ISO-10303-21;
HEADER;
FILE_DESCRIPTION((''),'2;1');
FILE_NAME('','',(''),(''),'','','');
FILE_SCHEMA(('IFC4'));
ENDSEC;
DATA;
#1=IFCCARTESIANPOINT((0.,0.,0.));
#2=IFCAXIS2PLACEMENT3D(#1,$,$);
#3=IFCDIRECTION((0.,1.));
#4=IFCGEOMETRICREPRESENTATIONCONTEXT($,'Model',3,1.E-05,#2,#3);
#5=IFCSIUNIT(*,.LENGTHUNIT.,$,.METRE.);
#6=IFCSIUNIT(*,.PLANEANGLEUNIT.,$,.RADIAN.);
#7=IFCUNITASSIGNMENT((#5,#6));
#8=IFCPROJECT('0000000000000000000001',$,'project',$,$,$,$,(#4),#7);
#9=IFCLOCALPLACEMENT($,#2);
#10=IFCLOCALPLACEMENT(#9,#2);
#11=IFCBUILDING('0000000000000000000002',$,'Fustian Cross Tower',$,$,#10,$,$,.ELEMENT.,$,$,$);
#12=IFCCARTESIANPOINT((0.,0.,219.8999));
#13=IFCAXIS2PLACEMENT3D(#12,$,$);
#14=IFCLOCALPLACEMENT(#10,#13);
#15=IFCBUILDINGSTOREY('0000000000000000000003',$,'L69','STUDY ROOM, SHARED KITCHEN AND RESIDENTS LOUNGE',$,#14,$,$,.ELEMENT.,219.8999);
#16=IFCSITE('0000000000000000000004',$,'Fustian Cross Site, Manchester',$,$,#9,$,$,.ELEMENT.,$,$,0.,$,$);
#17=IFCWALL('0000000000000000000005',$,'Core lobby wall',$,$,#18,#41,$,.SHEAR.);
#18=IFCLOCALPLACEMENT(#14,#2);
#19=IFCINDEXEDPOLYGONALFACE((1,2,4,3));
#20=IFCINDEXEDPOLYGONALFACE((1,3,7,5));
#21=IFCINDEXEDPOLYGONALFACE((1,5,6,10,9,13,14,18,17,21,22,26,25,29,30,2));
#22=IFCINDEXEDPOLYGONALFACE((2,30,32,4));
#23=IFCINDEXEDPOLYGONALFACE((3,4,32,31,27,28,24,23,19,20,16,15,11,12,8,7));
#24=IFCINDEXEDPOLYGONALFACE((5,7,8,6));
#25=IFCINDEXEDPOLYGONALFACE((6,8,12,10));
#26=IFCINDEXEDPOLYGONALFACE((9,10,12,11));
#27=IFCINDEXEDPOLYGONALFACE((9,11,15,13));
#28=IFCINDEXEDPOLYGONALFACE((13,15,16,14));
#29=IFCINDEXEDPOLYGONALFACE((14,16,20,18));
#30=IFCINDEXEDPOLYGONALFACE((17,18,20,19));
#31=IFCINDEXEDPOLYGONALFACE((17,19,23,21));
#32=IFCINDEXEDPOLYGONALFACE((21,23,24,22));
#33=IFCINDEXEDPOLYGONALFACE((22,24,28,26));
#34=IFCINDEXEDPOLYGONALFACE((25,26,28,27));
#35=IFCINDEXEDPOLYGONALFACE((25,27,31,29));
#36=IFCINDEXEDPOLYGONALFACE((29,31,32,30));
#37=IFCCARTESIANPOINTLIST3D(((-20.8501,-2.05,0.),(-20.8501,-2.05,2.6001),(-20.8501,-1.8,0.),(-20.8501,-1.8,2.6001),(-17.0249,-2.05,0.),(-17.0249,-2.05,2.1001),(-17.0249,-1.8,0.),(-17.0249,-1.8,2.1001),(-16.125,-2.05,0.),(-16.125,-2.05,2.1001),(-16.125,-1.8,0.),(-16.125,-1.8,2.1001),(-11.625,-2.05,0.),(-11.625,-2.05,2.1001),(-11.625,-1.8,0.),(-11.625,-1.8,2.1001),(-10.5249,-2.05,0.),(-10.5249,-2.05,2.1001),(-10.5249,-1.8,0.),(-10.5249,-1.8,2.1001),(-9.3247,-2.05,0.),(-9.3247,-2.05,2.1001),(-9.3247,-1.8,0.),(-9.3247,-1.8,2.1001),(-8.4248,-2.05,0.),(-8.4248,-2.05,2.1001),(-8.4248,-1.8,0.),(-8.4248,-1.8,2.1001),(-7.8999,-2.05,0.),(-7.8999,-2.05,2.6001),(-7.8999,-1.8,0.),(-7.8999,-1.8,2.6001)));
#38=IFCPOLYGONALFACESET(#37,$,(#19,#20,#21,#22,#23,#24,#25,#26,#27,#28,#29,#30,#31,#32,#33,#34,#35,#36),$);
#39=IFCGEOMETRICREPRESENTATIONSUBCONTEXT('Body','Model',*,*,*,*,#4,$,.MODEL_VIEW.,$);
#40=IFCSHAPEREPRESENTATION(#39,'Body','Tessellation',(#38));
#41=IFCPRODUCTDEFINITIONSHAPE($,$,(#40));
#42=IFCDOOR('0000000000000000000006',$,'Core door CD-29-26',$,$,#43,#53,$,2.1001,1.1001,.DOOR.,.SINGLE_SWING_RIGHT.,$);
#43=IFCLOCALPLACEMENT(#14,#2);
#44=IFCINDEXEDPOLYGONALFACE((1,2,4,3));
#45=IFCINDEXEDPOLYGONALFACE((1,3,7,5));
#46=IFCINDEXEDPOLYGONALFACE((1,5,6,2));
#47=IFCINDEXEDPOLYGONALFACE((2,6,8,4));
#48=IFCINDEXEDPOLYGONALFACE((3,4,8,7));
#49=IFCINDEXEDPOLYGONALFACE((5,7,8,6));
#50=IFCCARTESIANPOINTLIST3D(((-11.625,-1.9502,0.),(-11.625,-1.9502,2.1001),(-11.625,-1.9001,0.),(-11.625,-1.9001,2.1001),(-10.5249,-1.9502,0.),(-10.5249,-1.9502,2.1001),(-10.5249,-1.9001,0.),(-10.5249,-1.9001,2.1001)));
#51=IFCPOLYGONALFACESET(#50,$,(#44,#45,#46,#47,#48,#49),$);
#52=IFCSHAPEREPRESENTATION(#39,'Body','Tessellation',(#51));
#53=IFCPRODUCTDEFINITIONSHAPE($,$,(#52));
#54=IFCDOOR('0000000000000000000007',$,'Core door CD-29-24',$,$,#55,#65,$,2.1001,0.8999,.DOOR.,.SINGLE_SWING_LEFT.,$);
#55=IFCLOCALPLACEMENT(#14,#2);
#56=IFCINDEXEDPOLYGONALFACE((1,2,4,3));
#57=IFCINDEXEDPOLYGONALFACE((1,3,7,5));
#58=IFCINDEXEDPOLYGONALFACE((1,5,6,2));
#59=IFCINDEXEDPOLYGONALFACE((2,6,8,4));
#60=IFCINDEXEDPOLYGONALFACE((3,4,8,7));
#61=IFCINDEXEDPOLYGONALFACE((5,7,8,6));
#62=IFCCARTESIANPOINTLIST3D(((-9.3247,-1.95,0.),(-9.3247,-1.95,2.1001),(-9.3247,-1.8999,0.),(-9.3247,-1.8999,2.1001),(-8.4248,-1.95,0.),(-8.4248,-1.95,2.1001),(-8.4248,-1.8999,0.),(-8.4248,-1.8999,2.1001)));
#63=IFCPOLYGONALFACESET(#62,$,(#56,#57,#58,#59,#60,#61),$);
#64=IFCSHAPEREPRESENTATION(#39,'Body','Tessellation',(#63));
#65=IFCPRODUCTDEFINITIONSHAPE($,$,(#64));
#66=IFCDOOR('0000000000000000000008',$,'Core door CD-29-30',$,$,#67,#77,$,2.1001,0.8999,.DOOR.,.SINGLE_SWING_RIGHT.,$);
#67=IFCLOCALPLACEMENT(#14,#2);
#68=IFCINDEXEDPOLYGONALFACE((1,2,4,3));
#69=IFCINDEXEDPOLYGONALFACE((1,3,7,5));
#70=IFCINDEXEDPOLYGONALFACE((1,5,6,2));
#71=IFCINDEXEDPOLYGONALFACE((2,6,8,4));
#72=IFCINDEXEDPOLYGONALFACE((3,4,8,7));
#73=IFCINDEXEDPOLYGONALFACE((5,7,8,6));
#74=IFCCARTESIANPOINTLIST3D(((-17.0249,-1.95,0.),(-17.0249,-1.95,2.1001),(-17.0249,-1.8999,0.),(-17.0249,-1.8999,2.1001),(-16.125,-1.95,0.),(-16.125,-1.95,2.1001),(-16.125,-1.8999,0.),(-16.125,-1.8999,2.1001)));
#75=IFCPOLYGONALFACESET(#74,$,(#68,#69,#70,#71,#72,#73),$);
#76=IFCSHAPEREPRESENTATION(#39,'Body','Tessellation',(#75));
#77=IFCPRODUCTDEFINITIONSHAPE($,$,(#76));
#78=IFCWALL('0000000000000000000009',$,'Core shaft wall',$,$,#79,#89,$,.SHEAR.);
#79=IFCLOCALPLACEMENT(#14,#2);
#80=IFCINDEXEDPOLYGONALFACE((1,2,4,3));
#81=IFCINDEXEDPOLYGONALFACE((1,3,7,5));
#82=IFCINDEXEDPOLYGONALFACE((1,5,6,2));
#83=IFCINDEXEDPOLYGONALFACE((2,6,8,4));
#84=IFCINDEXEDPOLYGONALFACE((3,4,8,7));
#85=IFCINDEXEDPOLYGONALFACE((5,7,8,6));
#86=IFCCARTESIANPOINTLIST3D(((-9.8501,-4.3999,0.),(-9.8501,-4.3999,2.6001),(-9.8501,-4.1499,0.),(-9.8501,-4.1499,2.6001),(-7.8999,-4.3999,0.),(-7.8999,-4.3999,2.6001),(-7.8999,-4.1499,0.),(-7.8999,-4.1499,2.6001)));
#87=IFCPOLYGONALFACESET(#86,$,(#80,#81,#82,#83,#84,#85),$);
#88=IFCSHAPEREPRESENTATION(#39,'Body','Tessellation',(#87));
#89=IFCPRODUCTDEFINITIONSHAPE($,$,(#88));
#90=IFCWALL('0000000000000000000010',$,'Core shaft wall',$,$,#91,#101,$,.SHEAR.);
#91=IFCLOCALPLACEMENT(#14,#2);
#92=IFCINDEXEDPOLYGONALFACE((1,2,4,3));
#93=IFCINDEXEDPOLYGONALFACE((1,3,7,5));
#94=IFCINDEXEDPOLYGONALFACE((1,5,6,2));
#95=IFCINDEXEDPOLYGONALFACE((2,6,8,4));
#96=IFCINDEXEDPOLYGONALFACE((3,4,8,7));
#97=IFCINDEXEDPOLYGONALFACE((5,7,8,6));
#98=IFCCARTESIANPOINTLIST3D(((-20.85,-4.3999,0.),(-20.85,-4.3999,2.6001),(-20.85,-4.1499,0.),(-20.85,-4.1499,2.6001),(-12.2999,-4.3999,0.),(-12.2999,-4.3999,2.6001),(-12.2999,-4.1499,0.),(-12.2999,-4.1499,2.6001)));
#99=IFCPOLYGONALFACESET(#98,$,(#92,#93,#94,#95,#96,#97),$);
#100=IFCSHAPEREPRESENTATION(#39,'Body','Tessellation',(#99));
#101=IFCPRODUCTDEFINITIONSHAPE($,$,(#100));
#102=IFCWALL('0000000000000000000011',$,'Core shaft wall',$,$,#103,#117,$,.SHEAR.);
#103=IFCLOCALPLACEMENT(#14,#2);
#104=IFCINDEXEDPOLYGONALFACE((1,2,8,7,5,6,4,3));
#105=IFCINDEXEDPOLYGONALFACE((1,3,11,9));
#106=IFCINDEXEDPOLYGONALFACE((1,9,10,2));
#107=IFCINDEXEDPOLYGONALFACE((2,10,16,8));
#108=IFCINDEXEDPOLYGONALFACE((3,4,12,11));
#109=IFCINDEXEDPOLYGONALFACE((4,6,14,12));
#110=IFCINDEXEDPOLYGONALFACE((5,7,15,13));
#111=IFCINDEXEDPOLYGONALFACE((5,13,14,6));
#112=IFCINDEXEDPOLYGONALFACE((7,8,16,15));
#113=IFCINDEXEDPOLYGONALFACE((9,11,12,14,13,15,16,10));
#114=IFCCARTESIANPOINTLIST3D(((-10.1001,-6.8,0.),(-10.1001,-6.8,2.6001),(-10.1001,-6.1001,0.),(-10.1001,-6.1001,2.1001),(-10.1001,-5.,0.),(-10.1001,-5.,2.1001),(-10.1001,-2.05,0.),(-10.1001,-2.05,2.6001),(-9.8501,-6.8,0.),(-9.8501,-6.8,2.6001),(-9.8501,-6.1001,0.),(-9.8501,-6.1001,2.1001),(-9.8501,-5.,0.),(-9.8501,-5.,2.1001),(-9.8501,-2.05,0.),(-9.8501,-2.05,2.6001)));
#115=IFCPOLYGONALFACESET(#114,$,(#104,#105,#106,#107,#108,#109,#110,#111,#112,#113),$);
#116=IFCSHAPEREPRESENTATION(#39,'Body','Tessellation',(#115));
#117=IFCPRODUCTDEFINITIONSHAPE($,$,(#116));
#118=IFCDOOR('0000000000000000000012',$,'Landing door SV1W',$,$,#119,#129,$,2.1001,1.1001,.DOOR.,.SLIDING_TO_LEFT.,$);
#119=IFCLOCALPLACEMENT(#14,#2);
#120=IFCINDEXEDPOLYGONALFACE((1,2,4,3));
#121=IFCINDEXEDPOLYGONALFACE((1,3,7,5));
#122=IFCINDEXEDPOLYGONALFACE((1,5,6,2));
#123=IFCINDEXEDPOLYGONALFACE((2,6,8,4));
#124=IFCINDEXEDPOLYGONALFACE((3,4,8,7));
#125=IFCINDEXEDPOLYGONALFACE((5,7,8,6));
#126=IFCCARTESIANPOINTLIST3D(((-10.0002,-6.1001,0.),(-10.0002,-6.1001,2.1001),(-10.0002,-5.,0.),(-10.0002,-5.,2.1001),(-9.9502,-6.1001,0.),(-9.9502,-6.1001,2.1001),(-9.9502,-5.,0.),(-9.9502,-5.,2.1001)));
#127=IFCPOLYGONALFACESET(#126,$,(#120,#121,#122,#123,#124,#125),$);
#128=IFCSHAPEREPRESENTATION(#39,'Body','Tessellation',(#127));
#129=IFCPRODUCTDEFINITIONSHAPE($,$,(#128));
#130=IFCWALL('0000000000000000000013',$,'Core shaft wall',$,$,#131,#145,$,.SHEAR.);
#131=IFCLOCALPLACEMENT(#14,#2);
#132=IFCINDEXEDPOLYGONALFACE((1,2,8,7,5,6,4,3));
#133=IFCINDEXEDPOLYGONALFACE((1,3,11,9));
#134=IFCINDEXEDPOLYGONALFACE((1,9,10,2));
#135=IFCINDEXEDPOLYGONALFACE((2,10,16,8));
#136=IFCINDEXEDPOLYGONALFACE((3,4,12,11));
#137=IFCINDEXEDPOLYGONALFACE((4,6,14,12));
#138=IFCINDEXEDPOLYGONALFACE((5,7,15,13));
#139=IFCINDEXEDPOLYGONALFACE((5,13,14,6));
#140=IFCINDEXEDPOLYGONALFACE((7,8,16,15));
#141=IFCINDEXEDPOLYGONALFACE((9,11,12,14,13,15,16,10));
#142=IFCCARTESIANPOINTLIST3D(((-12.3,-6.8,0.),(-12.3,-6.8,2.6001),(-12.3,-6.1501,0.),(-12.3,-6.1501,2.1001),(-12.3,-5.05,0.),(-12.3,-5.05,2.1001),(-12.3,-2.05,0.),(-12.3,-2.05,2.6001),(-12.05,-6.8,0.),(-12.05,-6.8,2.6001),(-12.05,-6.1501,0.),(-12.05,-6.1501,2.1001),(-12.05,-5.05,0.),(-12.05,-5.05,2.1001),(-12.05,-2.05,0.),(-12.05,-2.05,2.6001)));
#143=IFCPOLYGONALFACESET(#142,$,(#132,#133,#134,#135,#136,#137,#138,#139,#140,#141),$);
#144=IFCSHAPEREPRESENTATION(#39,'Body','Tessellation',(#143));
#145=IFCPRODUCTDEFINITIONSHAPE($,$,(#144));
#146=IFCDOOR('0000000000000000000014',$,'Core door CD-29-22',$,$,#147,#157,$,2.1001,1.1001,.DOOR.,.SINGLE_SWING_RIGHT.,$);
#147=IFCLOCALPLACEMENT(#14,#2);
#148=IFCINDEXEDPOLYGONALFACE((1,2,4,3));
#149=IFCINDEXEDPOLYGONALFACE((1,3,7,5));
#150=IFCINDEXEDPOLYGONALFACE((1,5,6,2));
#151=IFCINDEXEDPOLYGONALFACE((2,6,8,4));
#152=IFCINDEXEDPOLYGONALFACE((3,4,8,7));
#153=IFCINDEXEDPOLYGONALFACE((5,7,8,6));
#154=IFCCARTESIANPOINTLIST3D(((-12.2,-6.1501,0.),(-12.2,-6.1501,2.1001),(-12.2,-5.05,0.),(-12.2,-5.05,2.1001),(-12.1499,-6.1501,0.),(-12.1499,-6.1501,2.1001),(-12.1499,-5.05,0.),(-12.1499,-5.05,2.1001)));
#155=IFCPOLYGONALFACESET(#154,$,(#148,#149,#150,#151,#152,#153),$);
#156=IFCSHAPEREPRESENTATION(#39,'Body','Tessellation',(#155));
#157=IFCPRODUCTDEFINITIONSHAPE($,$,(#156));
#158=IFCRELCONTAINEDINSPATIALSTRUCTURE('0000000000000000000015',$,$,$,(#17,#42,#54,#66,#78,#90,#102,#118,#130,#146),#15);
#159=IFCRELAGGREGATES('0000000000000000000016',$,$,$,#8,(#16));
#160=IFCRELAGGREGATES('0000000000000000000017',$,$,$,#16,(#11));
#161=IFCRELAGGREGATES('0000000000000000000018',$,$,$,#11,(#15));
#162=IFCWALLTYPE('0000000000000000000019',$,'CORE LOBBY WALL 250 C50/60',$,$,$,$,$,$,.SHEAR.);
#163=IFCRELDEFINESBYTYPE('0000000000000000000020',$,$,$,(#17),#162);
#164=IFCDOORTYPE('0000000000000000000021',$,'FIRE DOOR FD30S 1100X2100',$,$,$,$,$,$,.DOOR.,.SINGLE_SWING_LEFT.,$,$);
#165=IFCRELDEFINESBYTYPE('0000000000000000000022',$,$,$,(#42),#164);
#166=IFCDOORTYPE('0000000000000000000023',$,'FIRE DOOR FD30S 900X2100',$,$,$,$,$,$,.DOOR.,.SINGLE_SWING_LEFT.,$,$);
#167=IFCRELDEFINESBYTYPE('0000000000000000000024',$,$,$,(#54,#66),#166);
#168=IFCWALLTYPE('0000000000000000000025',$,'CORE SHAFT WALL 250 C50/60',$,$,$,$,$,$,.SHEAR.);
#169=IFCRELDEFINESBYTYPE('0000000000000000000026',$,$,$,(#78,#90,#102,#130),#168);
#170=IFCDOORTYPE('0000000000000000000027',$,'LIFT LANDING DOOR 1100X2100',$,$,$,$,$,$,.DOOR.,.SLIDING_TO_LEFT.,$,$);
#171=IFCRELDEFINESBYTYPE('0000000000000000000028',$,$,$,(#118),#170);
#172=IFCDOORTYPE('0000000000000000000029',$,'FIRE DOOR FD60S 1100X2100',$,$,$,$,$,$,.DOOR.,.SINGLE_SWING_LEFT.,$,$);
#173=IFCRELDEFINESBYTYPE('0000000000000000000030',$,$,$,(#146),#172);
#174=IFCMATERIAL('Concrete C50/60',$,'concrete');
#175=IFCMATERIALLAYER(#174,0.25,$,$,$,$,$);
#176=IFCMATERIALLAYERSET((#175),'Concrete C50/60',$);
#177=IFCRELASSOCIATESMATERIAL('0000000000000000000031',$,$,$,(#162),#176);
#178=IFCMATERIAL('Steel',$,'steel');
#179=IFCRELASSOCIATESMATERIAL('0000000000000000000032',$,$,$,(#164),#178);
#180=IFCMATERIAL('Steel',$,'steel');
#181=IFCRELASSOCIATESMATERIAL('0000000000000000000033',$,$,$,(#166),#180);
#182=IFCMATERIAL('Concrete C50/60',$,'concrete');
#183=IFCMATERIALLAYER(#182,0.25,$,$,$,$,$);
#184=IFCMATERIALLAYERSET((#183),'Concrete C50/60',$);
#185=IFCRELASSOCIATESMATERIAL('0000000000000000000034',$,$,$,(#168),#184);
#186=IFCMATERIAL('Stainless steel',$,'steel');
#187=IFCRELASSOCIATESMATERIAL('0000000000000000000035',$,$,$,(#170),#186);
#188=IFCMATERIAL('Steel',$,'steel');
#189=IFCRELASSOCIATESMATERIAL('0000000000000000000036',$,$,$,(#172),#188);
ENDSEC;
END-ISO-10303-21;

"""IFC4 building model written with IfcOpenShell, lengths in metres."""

from ifc_helpers import new_model, si_unit, direction, frame, frame_2d, origin, place, context, subcontext, project, spatial, rectangle, extrude, material, layer, layer_set, type_object, element, fill, save


model = new_model("IFC4")

# Units and contexts
model_context = context("Model", 3, precision=1e-05, world=origin(), true_north=direction((0.0, 1.0)))
body_context = subcontext(model_context, "Body", "Model", "MODEL_VIEW")
ifc_project = project(units=[si_unit("LENGTHUNIT", "METRE"), si_unit("PLANEANGLEUNIT", "RADIAN")], contexts=[model_context])

# Site, building, storey
site_placement = place(None, origin())
site = spatial("IfcSite", under=ifc_project, at=site_placement, Name="Fustian Cross Site, Manchester", CompositionType="ELEMENT", RefElevation=0.0)
building_placement = place(site_placement, origin())
building = spatial("IfcBuilding", under=site, at=building_placement, Name="Fustian Cross Tower", CompositionType="ELEMENT")
storey_placement = place(building_placement, frame((0.0, 0.0, 219.8999)))
storey = spatial("IfcBuildingStorey", under=building, at=storey_placement, Name="L69", Description="STUDY ROOM, SHARED KITCHEN AND RESIDENTS LOUNGE", CompositionType="ELEMENT", Elevation=219.8999)

# Wall, openings, doors
ifc_material_1 = material(Name="Concrete C50/60", Category="concrete")
ifc_layer_1 = layer(ifc_material_1, 0.25)
ifc_layer_set_1 = layer_set([ifc_layer_1], Name="Concrete C50/60")
wall_type_1 = type_object("IfcWallType", Name="CORE LOBBY WALL 250 C50/60", PredefinedType="SHEAR", material=ifc_layer_set_1)
wall_1_placement = place(storey_placement, frame((-7.8999, -1.925, 0.0), z_axis=(0.0, 0.0, 1.0), x_axis=(-1.0, 0.0, 0.0)))
wall_1 = element("IfcWall", 1, at=wall_1_placement, inside=storey, type_object=wall_type_1, Name="Core lobby wall", PredefinedType="SHEAR", context=body_context, shape_type="SweptSolid", body=[
    extrude(rectangle(XDim=12.9502, YDim=0.25, at=frame_2d((6.4751, 0.0))), origin(), (0.0, 0.0, 1.0), 2.6001),
])
opening_1_placement = place(wall_1_placement, frame((0.5249, 0.0, 0.0)))
opening_1 = element("IfcOpeningElement", 2, at=opening_1_placement, cuts=wall_1, PredefinedType="OPENING", context=body_context, shape_type="SweptSolid", body=[
    extrude(rectangle(XDim=0.8999, YDim=2.1001, at=frame_2d((0.45, 1.05))), frame((0.0, 0.135, 0.0), z_axis=(0.0, -1.0, 0.0), x_axis=(1.0, 0.0, 0.0)), (0.0, 0.0, 1.0), 0.27),
])
opening_2_placement = place(wall_1_placement, frame((2.625, 0.0, 0.0)))
opening_2 = element("IfcOpeningElement", 3, at=opening_2_placement, cuts=wall_1, PredefinedType="OPENING", context=body_context, shape_type="SweptSolid", body=[
    extrude(rectangle(XDim=1.1001, YDim=2.1001, at=frame_2d((0.55, 1.05))), frame((0.0, 0.135, 0.0), z_axis=(0.0, -1.0, 0.0), x_axis=(1.0, 0.0, 0.0)), (0.0, 0.0, 1.0), 0.27),
])
opening_3_placement = place(wall_1_placement, frame((8.2251, 0.0, 0.0)))
opening_3 = element("IfcOpeningElement", 4, at=opening_3_placement, cuts=wall_1, PredefinedType="OPENING", context=body_context, shape_type="SweptSolid", body=[
    extrude(rectangle(XDim=0.8999, YDim=2.1001, at=frame_2d((0.45, 1.05))), frame((0.0, 0.135, 0.0), z_axis=(0.0, -1.0, 0.0), x_axis=(1.0, 0.0, 0.0)), (0.0, 0.0, 1.0), 0.27),
])
ifc_material_2 = material(Name="Steel", Category="steel")
door_type_1 = type_object("IfcDoorType", Name="FIRE DOOR FD30S 1100X2100", OperationType="SINGLE_SWING_LEFT", PredefinedType="DOOR", material=ifc_material_2)
door_1_placement = place(opening_2_placement, frame((1.1001, 0.0, 0.0), z_axis=(0.0, 0.0, 1.0), x_axis=(-1.0, 0.0, 0.0)))
door_1 = element("IfcDoor", 5, at=door_1_placement, inside=storey, type_object=door_type_1, Name="Core door CD-29-26", OperationType="SINGLE_SWING_RIGHT", OverallHeight=2.1001, OverallWidth=1.1001, PredefinedType="DOOR", context=body_context, shape_type="SweptSolid", body=[
    extrude(rectangle(XDim=1.1001, YDim=2.1001, at=frame_2d((0.55, 1.05))), frame((0.0, 0.0249, 0.0), z_axis=(0.0, -1.0, 0.0), x_axis=(1.0, 0.0, 0.0)), (0.0, 0.0, 1.0), 0.05),
])
fill(opening_2, door_1)
ifc_material_3 = material(Name="Steel", Category="steel")
door_type_2 = type_object("IfcDoorType", Name="FIRE DOOR FD30S 900X2100", OperationType="SINGLE_SWING_LEFT", PredefinedType="DOOR", material=ifc_material_3)
door_2_placement = place(opening_1_placement, origin())
door_2 = element("IfcDoor", 6, at=door_2_placement, inside=storey, type_object=door_type_2, Name="Core door CD-29-24", OperationType="SINGLE_SWING_LEFT", OverallHeight=2.1001, OverallWidth=0.8999, PredefinedType="DOOR", context=body_context, shape_type="SweptSolid", body=[
    extrude(rectangle(XDim=0.8999, YDim=2.1001, at=frame_2d((0.45, 1.05))), frame((0.0, 0.0249, 0.0), z_axis=(0.0, -1.0, 0.0), x_axis=(1.0, 0.0, 0.0)), (0.0, 0.0, 1.0), 0.05),
])
fill(opening_1, door_2)
door_3_placement = place(opening_3_placement, origin())
door_3 = element("IfcDoor", 7, at=door_3_placement, inside=storey, type_object=door_type_2, Name="Core door CD-29-30", OperationType="SINGLE_SWING_RIGHT", OverallHeight=2.1001, OverallWidth=0.8999, PredefinedType="DOOR", context=body_context, shape_type="SweptSolid", body=[
    extrude(rectangle(XDim=0.8999, YDim=2.1001, at=frame_2d((0.45, 1.05))), frame((0.0, 0.0249, 0.0), z_axis=(0.0, -1.0, 0.0), x_axis=(1.0, 0.0, 0.0)), (0.0, 0.0, 1.0), 0.05),
])
fill(opening_3, door_3)

# Walls
ifc_material_4 = material(Name="Concrete C50/60", Category="concrete")
ifc_layer_2 = layer(ifc_material_4, 0.25)
ifc_layer_set_2 = layer_set([ifc_layer_2], Name="Concrete C50/60")
wall_type_2 = type_object("IfcWallType", Name="CORE SHAFT WALL 250 C50/60", PredefinedType="SHEAR", material=ifc_layer_set_2)
wall_2_placement = place(storey_placement, frame((-7.8999, -4.2749, 0.0), z_axis=(0.0, 0.0, 1.0), x_axis=(-1.0, 0.0, 0.0)))
element("IfcWall", 8, at=wall_2_placement, inside=storey, type_object=wall_type_2, Name="Core shaft wall", PredefinedType="SHEAR", context=body_context, shape_type="SweptSolid", body=[
    extrude(rectangle(XDim=1.9502, YDim=0.25, at=frame_2d((0.9751, 0.0))), origin(), (0.0, 0.0, 1.0), 2.6001),
])
wall_3_placement = place(storey_placement, frame((-12.3, -4.2749, 0.0), z_axis=(0.0, 0.0, 1.0), x_axis=(-1.0, 0.0, 0.0)))
element("IfcWall", 9, at=wall_3_placement, inside=storey, type_object=wall_type_2, Name="Core shaft wall", PredefinedType="SHEAR", context=body_context, shape_type="SweptSolid", body=[
    extrude(rectangle(XDim=8.55, YDim=0.25, at=frame_2d((4.2749, 0.0))), origin(), (0.0, 0.0, 1.0), 2.6001),
])

# Walls, openings, doors
wall_4_placement = place(storey_placement, frame((-9.9751, -2.05, 0.0), z_axis=(0.0, 0.0, 1.0), x_axis=(0.0, -1.0, 0.0)))
wall_4 = element("IfcWall", 10, at=wall_4_placement, inside=storey, type_object=wall_type_2, Name="Core shaft wall", PredefinedType="SHEAR", context=body_context, shape_type="SweptSolid", body=[
    extrude(rectangle(XDim=4.75, YDim=0.25, at=frame_2d((2.375, 0.0))), origin(), (0.0, 0.0, 1.0), 2.6001),
])
opening_4_placement = place(wall_4_placement, frame((2.95, 0.0, 0.0)))
opening_4 = element("IfcOpeningElement", 11, at=opening_4_placement, cuts=wall_4, PredefinedType="OPENING", context=body_context, shape_type="SweptSolid", body=[
    extrude(rectangle(XDim=1.1001, YDim=2.1001, at=frame_2d((0.55, 1.05))), frame((0.0, 0.135, 0.0), z_axis=(0.0, -1.0, 0.0), x_axis=(1.0, 0.0, 0.0)), (0.0, 0.0, 1.0), 0.27),
])
ifc_material_5 = material(Name="Stainless steel", Category="steel")
door_type_3 = type_object("IfcDoorType", Name="LIFT LANDING DOOR 1100X2100", OperationType="SLIDING_TO_LEFT", PredefinedType="DOOR", material=ifc_material_5)
door_4_placement = place(opening_4_placement, origin())
door_4 = element("IfcDoor", 12, at=door_4_placement, inside=storey, type_object=door_type_3, Name="Landing door SV1W", OperationType="SLIDING_TO_LEFT", OverallHeight=2.1001, OverallWidth=1.1001, PredefinedType="DOOR", context=body_context, shape_type="SweptSolid", body=[
    extrude(rectangle(XDim=1.1001, YDim=2.1001, at=frame_2d((0.55, 1.05))), frame((0.0, 0.0249, 0.0), z_axis=(0.0, -1.0, 0.0), x_axis=(1.0, 0.0, 0.0)), (0.0, 0.0, 1.0), 0.05),
])
fill(opening_4, door_4)
wall_5_placement = place(storey_placement, frame((-12.175, -2.05, 0.0), z_axis=(0.0, 0.0, 1.0), x_axis=(0.0, -1.0, 0.0)))
wall_5 = element("IfcWall", 13, at=wall_5_placement, inside=storey, type_object=wall_type_2, Name="Core shaft wall", PredefinedType="SHEAR", context=body_context, shape_type="SweptSolid", body=[
    extrude(rectangle(XDim=4.75, YDim=0.25, at=frame_2d((2.375, 0.0))), origin(), (0.0, 0.0, 1.0), 2.6001),
])
opening_5_placement = place(wall_5_placement, frame((3.0, 0.0, 0.0)))
opening_5 = element("IfcOpeningElement", 14, at=opening_5_placement, cuts=wall_5, PredefinedType="OPENING", context=body_context, shape_type="SweptSolid", body=[
    extrude(rectangle(XDim=1.1001, YDim=2.1001, at=frame_2d((0.55, 1.05))), frame((0.0, 0.135, 0.0), z_axis=(0.0, -1.0, 0.0), x_axis=(1.0, 0.0, 0.0)), (0.0, 0.0, 1.0), 0.27),
])
ifc_material_6 = material(Name="Steel", Category="steel")
door_type_4 = type_object("IfcDoorType", Name="FIRE DOOR FD60S 1100X2100", OperationType="SINGLE_SWING_LEFT", PredefinedType="DOOR", material=ifc_material_6)
door_5_placement = place(opening_5_placement, frame((1.1001, 0.0, 0.0), z_axis=(0.0, 0.0, 1.0), x_axis=(-1.0, 0.0, 0.0)))
door_5 = element("IfcDoor", 15, at=door_5_placement, inside=storey, type_object=door_type_4, Name="Core door CD-29-22", OperationType="SINGLE_SWING_RIGHT", OverallHeight=2.1001, OverallWidth=1.1001, PredefinedType="DOOR", context=body_context, shape_type="SweptSolid", body=[
    extrude(rectangle(XDim=1.1001, YDim=2.1001, at=frame_2d((0.55, 1.05))), frame((0.0, 0.0249, 0.0), z_axis=(0.0, -1.0, 0.0), x_axis=(1.0, 0.0, 0.0)), (0.0, 0.0, 1.0), 0.05),
])
fill(opening_5, door_5)

save(model, "model.ifc")
